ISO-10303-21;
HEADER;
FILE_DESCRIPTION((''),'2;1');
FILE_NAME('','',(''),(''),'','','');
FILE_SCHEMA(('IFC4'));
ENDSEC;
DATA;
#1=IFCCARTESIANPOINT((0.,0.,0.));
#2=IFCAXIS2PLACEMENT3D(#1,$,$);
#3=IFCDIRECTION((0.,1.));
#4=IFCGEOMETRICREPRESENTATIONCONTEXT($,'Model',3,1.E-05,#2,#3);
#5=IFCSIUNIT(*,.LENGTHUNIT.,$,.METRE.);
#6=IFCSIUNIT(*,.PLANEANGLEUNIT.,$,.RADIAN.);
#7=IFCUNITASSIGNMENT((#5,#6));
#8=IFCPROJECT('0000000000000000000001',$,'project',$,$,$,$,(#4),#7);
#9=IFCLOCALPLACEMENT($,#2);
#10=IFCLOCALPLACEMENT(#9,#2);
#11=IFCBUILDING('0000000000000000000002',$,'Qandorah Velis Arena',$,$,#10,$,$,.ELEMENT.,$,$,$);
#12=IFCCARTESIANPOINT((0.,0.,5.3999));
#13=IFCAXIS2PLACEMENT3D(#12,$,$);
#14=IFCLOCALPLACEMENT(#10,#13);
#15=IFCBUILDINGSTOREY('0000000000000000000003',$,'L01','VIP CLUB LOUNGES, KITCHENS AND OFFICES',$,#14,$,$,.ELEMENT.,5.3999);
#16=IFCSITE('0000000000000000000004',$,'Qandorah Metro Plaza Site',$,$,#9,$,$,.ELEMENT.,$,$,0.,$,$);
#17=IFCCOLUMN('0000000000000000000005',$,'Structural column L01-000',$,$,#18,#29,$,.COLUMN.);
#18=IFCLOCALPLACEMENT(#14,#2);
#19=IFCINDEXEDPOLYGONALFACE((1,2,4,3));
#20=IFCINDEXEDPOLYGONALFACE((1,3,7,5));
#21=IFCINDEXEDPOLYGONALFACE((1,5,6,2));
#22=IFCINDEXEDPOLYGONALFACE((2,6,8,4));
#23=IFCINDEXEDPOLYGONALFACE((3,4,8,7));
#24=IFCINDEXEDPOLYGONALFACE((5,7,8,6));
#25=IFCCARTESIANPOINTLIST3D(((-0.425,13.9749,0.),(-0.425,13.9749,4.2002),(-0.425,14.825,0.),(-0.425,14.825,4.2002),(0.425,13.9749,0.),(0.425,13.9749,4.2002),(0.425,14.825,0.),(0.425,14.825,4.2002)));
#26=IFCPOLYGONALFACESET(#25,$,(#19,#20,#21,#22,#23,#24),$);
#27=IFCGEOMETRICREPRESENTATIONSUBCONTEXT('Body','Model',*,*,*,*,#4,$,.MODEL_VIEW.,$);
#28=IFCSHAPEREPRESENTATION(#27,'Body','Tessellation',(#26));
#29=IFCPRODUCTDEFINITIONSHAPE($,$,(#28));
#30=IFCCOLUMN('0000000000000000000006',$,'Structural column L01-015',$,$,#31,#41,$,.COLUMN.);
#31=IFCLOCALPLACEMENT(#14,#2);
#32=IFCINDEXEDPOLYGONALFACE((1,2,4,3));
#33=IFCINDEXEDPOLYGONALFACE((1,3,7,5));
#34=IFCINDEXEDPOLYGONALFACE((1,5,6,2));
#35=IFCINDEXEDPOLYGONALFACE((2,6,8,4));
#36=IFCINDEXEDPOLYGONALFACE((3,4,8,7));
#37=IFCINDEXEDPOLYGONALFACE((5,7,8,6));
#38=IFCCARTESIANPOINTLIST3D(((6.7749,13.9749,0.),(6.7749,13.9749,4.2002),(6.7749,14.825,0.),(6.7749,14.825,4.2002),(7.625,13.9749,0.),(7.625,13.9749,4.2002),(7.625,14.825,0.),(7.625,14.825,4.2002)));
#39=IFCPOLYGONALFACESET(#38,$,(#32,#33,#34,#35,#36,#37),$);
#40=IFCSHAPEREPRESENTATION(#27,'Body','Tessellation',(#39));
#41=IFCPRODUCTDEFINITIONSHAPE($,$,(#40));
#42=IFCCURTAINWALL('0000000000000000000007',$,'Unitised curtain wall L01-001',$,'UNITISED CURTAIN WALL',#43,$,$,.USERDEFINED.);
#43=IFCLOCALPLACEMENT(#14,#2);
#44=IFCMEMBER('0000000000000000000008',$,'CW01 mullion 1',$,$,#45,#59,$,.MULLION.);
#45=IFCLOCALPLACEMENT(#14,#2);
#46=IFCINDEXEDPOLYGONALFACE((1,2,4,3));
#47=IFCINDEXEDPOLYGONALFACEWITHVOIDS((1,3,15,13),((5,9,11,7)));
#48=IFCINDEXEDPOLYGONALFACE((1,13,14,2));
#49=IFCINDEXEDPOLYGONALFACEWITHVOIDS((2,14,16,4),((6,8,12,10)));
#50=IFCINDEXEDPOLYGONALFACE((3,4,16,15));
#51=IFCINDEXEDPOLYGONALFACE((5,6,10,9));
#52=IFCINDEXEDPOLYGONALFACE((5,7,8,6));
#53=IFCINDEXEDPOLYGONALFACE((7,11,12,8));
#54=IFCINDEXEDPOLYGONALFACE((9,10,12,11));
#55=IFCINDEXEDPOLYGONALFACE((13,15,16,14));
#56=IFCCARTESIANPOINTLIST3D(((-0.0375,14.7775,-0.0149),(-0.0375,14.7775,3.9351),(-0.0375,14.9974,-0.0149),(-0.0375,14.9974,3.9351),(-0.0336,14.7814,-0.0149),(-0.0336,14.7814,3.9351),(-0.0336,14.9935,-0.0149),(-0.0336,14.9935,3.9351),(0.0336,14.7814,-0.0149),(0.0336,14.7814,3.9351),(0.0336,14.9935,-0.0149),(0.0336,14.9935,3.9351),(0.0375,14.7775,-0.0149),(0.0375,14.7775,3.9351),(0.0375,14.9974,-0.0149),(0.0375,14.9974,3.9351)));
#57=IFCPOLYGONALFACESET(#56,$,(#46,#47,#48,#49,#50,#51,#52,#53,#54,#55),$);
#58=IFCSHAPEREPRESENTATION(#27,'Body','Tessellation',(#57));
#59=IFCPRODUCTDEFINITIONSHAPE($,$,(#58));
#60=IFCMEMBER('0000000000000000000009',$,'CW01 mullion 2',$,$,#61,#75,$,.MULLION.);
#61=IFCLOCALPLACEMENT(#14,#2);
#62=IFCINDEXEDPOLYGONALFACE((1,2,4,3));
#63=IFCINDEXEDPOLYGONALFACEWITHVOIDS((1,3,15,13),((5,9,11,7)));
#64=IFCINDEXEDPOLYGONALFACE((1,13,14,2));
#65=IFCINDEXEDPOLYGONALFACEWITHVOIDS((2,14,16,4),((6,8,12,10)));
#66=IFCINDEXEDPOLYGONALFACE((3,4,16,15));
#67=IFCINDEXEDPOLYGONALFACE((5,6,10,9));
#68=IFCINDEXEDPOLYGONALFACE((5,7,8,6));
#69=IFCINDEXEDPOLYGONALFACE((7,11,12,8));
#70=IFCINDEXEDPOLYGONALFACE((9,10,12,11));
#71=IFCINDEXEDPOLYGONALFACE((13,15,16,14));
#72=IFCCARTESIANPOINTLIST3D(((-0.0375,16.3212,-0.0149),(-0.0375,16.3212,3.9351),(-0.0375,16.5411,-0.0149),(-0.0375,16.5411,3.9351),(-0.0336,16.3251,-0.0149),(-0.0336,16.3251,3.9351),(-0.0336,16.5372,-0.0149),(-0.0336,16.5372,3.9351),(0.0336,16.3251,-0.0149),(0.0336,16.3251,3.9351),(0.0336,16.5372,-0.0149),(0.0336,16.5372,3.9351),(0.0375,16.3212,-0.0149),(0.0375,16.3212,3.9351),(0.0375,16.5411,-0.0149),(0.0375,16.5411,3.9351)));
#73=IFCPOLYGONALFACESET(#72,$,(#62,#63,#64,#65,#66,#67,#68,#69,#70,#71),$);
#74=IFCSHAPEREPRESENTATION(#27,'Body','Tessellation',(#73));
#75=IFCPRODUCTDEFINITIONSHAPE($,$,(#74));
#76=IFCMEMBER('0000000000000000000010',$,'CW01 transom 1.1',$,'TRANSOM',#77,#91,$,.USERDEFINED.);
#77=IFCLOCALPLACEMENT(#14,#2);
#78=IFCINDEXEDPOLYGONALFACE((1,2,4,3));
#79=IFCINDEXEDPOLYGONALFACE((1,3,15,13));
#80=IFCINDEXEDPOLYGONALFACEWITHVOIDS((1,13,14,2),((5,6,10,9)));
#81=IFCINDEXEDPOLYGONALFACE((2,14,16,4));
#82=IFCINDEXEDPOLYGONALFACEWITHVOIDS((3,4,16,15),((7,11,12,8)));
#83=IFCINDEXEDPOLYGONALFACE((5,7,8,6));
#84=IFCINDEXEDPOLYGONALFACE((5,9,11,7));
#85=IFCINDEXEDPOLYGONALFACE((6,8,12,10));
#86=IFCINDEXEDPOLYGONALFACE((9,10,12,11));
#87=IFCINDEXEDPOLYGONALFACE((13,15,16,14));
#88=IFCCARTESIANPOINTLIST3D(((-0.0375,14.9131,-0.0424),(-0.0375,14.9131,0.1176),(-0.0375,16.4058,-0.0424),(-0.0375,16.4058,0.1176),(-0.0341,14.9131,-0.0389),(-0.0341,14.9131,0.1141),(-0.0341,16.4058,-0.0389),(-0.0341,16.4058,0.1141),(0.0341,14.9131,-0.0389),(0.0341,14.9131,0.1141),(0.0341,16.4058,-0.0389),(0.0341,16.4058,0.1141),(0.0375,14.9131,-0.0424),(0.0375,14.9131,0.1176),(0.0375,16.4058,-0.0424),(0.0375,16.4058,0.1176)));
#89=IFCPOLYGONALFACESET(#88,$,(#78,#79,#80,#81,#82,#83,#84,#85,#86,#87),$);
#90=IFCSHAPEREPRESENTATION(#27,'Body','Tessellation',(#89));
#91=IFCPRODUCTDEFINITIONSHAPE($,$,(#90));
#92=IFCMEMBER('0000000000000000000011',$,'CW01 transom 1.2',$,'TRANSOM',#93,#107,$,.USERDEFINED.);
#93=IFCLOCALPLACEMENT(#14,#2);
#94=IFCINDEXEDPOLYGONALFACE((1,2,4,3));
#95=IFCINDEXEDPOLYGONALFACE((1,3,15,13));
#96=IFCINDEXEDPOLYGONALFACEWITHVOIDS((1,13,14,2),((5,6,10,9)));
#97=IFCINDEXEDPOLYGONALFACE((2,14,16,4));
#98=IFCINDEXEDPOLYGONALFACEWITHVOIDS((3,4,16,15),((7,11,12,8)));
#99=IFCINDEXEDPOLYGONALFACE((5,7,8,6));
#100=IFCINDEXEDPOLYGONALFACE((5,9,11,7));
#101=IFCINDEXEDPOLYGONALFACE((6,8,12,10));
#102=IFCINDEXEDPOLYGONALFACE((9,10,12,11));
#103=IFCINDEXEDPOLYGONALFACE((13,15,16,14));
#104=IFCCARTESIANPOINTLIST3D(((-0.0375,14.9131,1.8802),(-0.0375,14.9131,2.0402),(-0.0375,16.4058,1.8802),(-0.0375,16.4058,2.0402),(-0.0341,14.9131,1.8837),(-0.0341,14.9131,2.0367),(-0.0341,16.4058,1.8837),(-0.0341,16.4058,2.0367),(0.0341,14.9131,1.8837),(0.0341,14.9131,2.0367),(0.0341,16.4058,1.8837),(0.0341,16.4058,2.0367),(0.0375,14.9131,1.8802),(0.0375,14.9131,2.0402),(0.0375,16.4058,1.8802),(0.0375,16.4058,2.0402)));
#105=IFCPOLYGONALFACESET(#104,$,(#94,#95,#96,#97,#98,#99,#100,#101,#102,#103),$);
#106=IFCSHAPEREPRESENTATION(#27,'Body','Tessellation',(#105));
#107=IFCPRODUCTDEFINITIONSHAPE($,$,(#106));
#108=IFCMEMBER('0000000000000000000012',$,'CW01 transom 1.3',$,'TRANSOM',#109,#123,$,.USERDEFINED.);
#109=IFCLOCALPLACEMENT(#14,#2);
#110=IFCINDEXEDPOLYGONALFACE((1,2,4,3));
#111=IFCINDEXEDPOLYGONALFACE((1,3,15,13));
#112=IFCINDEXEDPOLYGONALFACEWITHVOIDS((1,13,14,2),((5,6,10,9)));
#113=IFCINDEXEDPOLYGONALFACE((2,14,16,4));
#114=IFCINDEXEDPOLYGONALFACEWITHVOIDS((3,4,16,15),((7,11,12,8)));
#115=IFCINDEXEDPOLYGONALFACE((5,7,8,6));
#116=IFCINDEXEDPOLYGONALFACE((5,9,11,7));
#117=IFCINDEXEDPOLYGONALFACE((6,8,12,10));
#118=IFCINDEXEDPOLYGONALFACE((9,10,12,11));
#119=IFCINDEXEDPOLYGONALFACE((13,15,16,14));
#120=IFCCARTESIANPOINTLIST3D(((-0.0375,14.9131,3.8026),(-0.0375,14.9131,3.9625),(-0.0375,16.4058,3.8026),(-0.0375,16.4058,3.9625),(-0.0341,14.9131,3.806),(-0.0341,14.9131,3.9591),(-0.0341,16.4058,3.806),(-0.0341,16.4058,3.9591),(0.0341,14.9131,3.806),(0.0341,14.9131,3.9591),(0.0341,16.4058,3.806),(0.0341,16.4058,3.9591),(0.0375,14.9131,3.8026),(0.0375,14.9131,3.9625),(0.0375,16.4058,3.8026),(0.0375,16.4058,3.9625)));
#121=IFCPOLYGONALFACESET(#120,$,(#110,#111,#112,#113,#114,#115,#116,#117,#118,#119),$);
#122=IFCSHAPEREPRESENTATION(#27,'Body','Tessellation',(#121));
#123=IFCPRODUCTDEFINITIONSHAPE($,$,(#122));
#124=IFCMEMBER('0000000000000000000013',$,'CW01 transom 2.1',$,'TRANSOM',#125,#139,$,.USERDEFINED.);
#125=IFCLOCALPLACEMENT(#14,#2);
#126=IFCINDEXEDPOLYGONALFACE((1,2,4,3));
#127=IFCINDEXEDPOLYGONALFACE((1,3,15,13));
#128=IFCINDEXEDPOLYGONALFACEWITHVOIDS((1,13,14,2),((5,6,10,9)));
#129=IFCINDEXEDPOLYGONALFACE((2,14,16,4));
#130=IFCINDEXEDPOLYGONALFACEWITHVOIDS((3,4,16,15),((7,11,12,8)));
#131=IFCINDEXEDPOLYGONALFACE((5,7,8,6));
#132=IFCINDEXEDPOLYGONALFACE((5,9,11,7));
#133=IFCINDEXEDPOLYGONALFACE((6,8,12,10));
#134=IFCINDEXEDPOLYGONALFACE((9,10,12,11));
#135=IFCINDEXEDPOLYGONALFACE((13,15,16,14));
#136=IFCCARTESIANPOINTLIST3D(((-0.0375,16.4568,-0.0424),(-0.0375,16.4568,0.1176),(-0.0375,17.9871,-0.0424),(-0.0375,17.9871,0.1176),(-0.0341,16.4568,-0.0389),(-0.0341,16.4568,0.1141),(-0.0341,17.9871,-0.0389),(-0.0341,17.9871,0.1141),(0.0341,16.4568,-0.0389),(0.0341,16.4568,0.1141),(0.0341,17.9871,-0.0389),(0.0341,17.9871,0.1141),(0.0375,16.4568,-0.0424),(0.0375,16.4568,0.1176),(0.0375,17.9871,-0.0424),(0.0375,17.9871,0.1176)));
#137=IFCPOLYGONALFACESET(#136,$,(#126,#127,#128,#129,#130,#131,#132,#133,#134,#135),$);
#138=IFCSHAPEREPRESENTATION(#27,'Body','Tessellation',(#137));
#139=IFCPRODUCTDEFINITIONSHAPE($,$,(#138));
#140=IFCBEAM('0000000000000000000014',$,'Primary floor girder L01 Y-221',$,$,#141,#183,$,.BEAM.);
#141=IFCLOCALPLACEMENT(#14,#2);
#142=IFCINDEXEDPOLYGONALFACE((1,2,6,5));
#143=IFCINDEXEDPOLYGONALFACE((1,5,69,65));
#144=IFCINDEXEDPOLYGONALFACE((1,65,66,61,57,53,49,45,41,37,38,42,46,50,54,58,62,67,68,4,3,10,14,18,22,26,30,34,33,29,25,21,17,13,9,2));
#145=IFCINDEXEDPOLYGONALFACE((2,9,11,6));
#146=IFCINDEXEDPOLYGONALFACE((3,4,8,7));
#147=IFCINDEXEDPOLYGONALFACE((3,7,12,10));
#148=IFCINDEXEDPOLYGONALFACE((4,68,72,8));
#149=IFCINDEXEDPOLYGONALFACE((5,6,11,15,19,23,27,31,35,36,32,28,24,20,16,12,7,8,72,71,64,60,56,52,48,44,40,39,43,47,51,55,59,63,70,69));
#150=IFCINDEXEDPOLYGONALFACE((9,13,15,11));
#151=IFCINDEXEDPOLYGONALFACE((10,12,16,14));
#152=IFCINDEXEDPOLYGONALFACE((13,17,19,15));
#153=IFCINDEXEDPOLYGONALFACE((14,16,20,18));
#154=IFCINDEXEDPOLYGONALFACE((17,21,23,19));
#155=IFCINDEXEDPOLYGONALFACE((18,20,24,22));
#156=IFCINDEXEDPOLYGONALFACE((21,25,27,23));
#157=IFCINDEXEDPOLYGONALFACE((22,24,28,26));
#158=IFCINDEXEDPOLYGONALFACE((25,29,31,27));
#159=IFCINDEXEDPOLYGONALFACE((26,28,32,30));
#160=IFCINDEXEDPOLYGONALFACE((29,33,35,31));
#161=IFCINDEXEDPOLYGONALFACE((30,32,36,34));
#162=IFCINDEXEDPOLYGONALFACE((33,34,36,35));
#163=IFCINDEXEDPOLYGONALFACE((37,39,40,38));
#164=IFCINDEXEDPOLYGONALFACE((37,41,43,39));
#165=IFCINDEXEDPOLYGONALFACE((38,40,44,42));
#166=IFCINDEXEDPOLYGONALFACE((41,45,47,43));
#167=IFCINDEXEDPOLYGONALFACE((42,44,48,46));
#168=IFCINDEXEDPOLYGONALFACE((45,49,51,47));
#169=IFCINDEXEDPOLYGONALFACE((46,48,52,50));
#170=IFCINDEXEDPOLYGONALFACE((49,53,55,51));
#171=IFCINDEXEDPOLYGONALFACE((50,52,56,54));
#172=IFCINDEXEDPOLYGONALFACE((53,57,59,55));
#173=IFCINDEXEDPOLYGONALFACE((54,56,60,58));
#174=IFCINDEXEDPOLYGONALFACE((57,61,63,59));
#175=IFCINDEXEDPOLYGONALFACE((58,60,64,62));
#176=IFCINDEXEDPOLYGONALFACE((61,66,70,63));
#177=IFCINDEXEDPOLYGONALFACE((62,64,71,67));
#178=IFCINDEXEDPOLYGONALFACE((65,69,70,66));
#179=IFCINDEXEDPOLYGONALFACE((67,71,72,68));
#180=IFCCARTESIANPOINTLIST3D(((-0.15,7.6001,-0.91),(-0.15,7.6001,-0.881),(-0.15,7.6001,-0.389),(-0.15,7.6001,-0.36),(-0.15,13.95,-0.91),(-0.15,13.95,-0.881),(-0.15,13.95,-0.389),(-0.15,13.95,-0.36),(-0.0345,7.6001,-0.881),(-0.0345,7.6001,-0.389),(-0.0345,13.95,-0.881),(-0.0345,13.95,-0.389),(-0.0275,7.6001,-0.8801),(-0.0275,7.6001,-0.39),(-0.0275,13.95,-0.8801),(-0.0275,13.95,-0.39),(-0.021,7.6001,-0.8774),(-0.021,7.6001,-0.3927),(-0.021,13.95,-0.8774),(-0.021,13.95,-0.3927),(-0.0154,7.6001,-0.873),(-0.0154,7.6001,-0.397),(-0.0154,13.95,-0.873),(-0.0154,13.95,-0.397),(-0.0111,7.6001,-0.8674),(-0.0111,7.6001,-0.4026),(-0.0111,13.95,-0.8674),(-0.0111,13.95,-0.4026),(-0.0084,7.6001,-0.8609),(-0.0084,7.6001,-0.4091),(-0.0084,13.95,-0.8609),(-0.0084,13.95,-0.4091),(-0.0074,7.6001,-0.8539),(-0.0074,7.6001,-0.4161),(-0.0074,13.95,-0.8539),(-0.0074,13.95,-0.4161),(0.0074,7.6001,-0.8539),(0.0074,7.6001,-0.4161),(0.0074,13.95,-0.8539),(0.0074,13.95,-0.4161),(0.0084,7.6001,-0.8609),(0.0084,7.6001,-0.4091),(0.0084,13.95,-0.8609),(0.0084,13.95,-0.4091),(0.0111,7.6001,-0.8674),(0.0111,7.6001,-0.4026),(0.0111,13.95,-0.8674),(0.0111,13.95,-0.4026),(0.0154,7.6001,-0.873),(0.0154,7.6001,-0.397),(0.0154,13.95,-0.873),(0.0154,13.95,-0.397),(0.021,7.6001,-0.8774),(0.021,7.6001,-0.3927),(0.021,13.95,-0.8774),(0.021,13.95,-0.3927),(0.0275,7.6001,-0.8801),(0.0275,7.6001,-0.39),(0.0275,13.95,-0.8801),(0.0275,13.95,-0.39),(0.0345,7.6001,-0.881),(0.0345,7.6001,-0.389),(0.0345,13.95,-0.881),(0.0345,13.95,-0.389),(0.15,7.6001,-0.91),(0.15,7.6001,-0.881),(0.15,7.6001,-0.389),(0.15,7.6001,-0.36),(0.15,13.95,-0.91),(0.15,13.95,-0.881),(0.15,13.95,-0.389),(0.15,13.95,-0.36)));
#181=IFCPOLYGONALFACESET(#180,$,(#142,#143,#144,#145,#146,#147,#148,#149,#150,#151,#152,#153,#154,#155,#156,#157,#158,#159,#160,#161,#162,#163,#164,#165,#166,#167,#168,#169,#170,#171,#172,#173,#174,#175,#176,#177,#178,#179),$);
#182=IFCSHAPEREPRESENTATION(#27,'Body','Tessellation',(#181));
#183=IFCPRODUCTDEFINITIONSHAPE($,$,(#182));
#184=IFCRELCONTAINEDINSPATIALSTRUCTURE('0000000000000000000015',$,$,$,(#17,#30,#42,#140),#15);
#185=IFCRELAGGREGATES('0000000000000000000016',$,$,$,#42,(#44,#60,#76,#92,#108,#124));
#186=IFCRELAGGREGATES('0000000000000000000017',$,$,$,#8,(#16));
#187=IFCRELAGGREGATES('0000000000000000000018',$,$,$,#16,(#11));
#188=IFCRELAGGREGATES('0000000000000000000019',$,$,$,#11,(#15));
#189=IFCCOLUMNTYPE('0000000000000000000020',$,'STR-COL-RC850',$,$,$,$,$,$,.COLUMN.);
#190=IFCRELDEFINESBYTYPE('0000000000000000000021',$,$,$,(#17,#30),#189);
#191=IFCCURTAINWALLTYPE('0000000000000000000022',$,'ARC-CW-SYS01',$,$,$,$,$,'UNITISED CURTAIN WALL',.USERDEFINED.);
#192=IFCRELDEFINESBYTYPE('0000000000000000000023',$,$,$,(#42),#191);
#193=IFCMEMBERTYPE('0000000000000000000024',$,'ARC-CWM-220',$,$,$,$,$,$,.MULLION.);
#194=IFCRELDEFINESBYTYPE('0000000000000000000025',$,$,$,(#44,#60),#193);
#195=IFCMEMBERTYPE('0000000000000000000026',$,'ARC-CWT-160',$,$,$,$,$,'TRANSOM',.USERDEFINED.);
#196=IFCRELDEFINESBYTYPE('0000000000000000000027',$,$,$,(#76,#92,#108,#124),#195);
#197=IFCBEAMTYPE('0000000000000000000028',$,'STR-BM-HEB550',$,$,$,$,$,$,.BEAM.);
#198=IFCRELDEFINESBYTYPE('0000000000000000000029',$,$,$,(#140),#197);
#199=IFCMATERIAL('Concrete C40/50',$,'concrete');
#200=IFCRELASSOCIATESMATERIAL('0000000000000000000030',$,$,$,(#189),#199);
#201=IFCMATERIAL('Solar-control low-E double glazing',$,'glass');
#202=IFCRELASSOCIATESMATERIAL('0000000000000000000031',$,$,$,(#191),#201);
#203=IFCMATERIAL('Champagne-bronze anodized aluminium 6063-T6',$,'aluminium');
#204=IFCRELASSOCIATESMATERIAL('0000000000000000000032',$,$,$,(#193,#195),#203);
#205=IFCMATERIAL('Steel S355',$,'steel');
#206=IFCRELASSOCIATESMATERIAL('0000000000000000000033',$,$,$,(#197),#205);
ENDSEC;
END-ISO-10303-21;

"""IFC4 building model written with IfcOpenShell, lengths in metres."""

from ifc_helpers import new_model, si_unit, direction, frame, origin, origin_2d, place, context, subcontext, project, spatial, rectangle, hollow_rectangle, i_section, extrude, material, material_profile, profile_set, type_object, element, aggregate, save


model = new_model("IFC4")

# Units and contexts
model_context = context("Model", 3, precision=1e-05, world=origin(), true_north=direction((0.0, 1.0)))
body_context = subcontext(model_context, "Body", "Model", "MODEL_VIEW")
ifc_project = project(units=[si_unit("LENGTHUNIT", "METRE"), si_unit("PLANEANGLEUNIT", "RADIAN")], contexts=[model_context])

# Site, building, storey
site_placement = place(None, origin())
site = spatial("IfcSite", under=ifc_project, at=site_placement, Name="Qandorah Metro Plaza Site", CompositionType="ELEMENT", RefElevation=0.0)
building_placement = place(site_placement, origin())
building = spatial("IfcBuilding", under=site, at=building_placement, Name="Qandorah Velis Arena", CompositionType="ELEMENT")
storey_placement = place(building_placement, frame((0.0, 0.0, 5.3999)))
storey = spatial("IfcBuildingStorey", under=building, at=storey_placement, Name="L01", Description="VIP CLUB LOUNGES, KITCHENS AND OFFICES", CompositionType="ELEMENT", Elevation=5.3999)

# Columns
ifc_material_1 = material(Name="Concrete C40/50", Category="concrete")
ifc_material_profile_1 = material_profile(ifc_material_1, rectangle(XDim=0.8501, YDim=0.8501, at=origin_2d()), Name="RC COL 850x850")
ifc_profile_set_1 = profile_set([ifc_material_profile_1], Name="Concrete C40/50")
column_type = type_object("IfcColumnType", Name="STR-COL-RC850", PredefinedType="COLUMN", material=ifc_profile_set_1)
for number, where, z_axis, x_axis, name in (
    (1, (0.0, 14.3999, 0.0), (0.0, 0.0, 1.0), (1.0, 0.0, 0.0), "Structural column L01-000"),
    (2, (7.2, 14.3999, 0.0), (0.0, 0.0, 1.0), (1.0, 0.0, 0.0), "Structural column L01-015"),
):
    element("IfcColumn", number, at=place(storey_placement, frame(where, z_axis=z_axis, x_axis=x_axis)), inside=storey, type_object=column_type, Name=name, PredefinedType="COLUMN", context=body_context, shape_type="SweptSolid", body=[
        extrude(rectangle(XDim=0.8501, YDim=0.8501, at=origin_2d()), origin(), (0.0, 0.0, 1.0), 4.2002),
    ])

# Curtain wall, members
ifc_material_2 = material(Name="Solar-control low-E double glazing", Category="glass")
curtain_wall_type = type_object("IfcCurtainWallType", Name="ARC-CW-SYS01", ElementType="UNITISED CURTAIN WALL", PredefinedType="USERDEFINED", material=ifc_material_2)
curtain_wall_placement = place(storey_placement, origin())
curtain_wall = element("IfcCurtainWall", 3, at=curtain_wall_placement, inside=storey, type_object=curtain_wall_type, Name="Unitised curtain wall L01-001", ObjectType="UNITISED CURTAIN WALL", PredefinedType="USERDEFINED")
ifc_material_3 = material(Name="Champagne-bronze anodized aluminium 6063-T6", Category="aluminium")
ifc_material_profile_2 = material_profile(ifc_material_3, hollow_rectangle(XDim=0.075, YDim=0.22, WallThickness=0.0039, at=origin_2d()), Name="ALU MULLION 75x220")
ifc_profile_set_2 = profile_set([ifc_material_profile_2], Name="Champagne-bronze anodized aluminium 6063-T6")
member_type_1 = type_object("IfcMemberType", Name="ARC-CWM-220", PredefinedType="MULLION", material=ifc_profile_set_2)
member_1_placement = place(storey_placement, frame((0.0, 14.8875, -0.0149), z_axis=(0.0, 0.0, 1.0), x_axis=(-1.0, 0.0, 0.0)))
member_1 = element("IfcMember", 4, at=member_1_placement, type_object=member_type_1, Name="CW01 mullion 1", PredefinedType="MULLION", context=body_context, shape_type="SweptSolid", body=[
    extrude(hollow_rectangle(XDim=0.075, YDim=0.22, WallThickness=0.0039, at=origin_2d()), origin(), (0.0, 0.0, 1.0), 3.95),
])
member_2_placement = place(storey_placement, frame((0.0, 16.4312, -0.0149), z_axis=(0.0, 0.0, 1.0), x_axis=(-1.0, 0.0, 0.0)))
member_2 = element("IfcMember", 5, at=member_2_placement, type_object=member_type_1, Name="CW01 mullion 2", PredefinedType="MULLION", context=body_context, shape_type="SweptSolid", body=[
    extrude(hollow_rectangle(XDim=0.075, YDim=0.22, WallThickness=0.0039, at=origin_2d()), origin(), (0.0, 0.0, 1.0), 3.95),
])
ifc_material_profile_3 = material_profile(ifc_material_3, hollow_rectangle(XDim=0.075, YDim=0.1599, WallThickness=0.0034, at=origin_2d()), Name="ALU TRANSOM 75x160")
ifc_profile_set_3 = profile_set([ifc_material_profile_3], Name="Champagne-bronze anodized aluminium 6063-T6")
member_type_2 = type_object("IfcMemberType", Name="ARC-CWT-160", ElementType="TRANSOM", PredefinedType="USERDEFINED", material=ifc_profile_set_3)
member_3_placement = place(storey_placement, frame((0.0, 14.9131, 0.0376), z_axis=(0.0, 1.0, 0.0), x_axis=(-1.0, 0.0, 0.0)))
member_3 = element("IfcMember", 6, at=member_3_placement, type_object=member_type_2, Name="CW01 transom 1.1", ObjectType="TRANSOM", PredefinedType="USERDEFINED", context=body_context, shape_type="SweptSolid", body=[
    extrude(hollow_rectangle(XDim=0.075, YDim=0.1599, WallThickness=0.0034, at=origin_2d()), origin(), (0.0, 0.0, 1.0), 1.4927),
])
member_4_placement = place(storey_placement, frame((0.0, 14.9131, 1.9602), z_axis=(0.0, 1.0, 0.0), x_axis=(-1.0, 0.0, 0.0)))
member_4 = element("IfcMember", 7, at=member_4_placement, type_object=member_type_2, Name="CW01 transom 1.2", ObjectType="TRANSOM", PredefinedType="USERDEFINED", context=body_context, shape_type="SweptSolid", body=[
    extrude(hollow_rectangle(XDim=0.075, YDim=0.1599, WallThickness=0.0034, at=origin_2d()), origin(), (0.0, 0.0, 1.0), 1.4927),
])
member_5_placement = place(storey_placement, frame((0.0, 14.9131, 3.8826), z_axis=(0.0, 1.0, 0.0), x_axis=(-1.0, 0.0, 0.0)))
member_5 = element("IfcMember", 8, at=member_5_placement, type_object=member_type_2, Name="CW01 transom 1.3", ObjectType="TRANSOM", PredefinedType="USERDEFINED", context=body_context, shape_type="SweptSolid", body=[
    extrude(hollow_rectangle(XDim=0.075, YDim=0.1599, WallThickness=0.0034, at=origin_2d()), origin(), (0.0, 0.0, 1.0), 1.4927),
])
member_6_placement = place(storey_placement, frame((0.0, 16.4568, 0.0376), z_axis=(0.0, 1.0, 0.0), x_axis=(-1.0, 0.0, 0.0)))
member_6 = element("IfcMember", 9, at=member_6_placement, type_object=member_type_2, Name="CW01 transom 2.1", ObjectType="TRANSOM", PredefinedType="USERDEFINED", context=body_context, shape_type="SweptSolid", body=[
    extrude(hollow_rectangle(XDim=0.075, YDim=0.1599, WallThickness=0.0034, at=origin_2d()), origin(), (0.0, 0.0, 1.0), 1.5303),
])

# Beam
ifc_material_4 = material(Name="Steel S355", Category="steel")
ifc_material_profile_4 = material_profile(ifc_material_4, i_section(OverallWidth=0.3, OverallDepth=0.55, WebThickness=0.0149, FlangeThickness=0.0291, FilletRadius=0.0271, at=origin_2d()), Name="HEB 550")
ifc_profile_set_4 = profile_set([ifc_material_profile_4], Name="Steel S355")
beam_type_1 = type_object("IfcBeamType", Name="STR-BM-HEB550", PredefinedType="BEAM", material=ifc_profile_set_4)
beam_1_placement = place(storey_placement, frame((0.0, 7.6001, -0.635), z_axis=(0.0, 1.0, 0.0), x_axis=(-1.0, 0.0, 0.0)))
element("IfcBeam", 10, at=beam_1_placement, inside=storey, type_object=beam_type_1, Name="Primary floor girder L01 Y-221", PredefinedType="BEAM", context=body_context, shape_type="SweptSolid", body=[
    extrude(i_section(OverallWidth=0.3, OverallDepth=0.55, WebThickness=0.0149, FlangeThickness=0.0291, FilletRadius=0.0271, at=origin_2d()), origin(), (0.0, 0.0, 1.0), 6.3499),
])

aggregate(curtain_wall, [member_1, member_2, member_3, member_4, member_5, member_6])

save(model, "model.ifc")
